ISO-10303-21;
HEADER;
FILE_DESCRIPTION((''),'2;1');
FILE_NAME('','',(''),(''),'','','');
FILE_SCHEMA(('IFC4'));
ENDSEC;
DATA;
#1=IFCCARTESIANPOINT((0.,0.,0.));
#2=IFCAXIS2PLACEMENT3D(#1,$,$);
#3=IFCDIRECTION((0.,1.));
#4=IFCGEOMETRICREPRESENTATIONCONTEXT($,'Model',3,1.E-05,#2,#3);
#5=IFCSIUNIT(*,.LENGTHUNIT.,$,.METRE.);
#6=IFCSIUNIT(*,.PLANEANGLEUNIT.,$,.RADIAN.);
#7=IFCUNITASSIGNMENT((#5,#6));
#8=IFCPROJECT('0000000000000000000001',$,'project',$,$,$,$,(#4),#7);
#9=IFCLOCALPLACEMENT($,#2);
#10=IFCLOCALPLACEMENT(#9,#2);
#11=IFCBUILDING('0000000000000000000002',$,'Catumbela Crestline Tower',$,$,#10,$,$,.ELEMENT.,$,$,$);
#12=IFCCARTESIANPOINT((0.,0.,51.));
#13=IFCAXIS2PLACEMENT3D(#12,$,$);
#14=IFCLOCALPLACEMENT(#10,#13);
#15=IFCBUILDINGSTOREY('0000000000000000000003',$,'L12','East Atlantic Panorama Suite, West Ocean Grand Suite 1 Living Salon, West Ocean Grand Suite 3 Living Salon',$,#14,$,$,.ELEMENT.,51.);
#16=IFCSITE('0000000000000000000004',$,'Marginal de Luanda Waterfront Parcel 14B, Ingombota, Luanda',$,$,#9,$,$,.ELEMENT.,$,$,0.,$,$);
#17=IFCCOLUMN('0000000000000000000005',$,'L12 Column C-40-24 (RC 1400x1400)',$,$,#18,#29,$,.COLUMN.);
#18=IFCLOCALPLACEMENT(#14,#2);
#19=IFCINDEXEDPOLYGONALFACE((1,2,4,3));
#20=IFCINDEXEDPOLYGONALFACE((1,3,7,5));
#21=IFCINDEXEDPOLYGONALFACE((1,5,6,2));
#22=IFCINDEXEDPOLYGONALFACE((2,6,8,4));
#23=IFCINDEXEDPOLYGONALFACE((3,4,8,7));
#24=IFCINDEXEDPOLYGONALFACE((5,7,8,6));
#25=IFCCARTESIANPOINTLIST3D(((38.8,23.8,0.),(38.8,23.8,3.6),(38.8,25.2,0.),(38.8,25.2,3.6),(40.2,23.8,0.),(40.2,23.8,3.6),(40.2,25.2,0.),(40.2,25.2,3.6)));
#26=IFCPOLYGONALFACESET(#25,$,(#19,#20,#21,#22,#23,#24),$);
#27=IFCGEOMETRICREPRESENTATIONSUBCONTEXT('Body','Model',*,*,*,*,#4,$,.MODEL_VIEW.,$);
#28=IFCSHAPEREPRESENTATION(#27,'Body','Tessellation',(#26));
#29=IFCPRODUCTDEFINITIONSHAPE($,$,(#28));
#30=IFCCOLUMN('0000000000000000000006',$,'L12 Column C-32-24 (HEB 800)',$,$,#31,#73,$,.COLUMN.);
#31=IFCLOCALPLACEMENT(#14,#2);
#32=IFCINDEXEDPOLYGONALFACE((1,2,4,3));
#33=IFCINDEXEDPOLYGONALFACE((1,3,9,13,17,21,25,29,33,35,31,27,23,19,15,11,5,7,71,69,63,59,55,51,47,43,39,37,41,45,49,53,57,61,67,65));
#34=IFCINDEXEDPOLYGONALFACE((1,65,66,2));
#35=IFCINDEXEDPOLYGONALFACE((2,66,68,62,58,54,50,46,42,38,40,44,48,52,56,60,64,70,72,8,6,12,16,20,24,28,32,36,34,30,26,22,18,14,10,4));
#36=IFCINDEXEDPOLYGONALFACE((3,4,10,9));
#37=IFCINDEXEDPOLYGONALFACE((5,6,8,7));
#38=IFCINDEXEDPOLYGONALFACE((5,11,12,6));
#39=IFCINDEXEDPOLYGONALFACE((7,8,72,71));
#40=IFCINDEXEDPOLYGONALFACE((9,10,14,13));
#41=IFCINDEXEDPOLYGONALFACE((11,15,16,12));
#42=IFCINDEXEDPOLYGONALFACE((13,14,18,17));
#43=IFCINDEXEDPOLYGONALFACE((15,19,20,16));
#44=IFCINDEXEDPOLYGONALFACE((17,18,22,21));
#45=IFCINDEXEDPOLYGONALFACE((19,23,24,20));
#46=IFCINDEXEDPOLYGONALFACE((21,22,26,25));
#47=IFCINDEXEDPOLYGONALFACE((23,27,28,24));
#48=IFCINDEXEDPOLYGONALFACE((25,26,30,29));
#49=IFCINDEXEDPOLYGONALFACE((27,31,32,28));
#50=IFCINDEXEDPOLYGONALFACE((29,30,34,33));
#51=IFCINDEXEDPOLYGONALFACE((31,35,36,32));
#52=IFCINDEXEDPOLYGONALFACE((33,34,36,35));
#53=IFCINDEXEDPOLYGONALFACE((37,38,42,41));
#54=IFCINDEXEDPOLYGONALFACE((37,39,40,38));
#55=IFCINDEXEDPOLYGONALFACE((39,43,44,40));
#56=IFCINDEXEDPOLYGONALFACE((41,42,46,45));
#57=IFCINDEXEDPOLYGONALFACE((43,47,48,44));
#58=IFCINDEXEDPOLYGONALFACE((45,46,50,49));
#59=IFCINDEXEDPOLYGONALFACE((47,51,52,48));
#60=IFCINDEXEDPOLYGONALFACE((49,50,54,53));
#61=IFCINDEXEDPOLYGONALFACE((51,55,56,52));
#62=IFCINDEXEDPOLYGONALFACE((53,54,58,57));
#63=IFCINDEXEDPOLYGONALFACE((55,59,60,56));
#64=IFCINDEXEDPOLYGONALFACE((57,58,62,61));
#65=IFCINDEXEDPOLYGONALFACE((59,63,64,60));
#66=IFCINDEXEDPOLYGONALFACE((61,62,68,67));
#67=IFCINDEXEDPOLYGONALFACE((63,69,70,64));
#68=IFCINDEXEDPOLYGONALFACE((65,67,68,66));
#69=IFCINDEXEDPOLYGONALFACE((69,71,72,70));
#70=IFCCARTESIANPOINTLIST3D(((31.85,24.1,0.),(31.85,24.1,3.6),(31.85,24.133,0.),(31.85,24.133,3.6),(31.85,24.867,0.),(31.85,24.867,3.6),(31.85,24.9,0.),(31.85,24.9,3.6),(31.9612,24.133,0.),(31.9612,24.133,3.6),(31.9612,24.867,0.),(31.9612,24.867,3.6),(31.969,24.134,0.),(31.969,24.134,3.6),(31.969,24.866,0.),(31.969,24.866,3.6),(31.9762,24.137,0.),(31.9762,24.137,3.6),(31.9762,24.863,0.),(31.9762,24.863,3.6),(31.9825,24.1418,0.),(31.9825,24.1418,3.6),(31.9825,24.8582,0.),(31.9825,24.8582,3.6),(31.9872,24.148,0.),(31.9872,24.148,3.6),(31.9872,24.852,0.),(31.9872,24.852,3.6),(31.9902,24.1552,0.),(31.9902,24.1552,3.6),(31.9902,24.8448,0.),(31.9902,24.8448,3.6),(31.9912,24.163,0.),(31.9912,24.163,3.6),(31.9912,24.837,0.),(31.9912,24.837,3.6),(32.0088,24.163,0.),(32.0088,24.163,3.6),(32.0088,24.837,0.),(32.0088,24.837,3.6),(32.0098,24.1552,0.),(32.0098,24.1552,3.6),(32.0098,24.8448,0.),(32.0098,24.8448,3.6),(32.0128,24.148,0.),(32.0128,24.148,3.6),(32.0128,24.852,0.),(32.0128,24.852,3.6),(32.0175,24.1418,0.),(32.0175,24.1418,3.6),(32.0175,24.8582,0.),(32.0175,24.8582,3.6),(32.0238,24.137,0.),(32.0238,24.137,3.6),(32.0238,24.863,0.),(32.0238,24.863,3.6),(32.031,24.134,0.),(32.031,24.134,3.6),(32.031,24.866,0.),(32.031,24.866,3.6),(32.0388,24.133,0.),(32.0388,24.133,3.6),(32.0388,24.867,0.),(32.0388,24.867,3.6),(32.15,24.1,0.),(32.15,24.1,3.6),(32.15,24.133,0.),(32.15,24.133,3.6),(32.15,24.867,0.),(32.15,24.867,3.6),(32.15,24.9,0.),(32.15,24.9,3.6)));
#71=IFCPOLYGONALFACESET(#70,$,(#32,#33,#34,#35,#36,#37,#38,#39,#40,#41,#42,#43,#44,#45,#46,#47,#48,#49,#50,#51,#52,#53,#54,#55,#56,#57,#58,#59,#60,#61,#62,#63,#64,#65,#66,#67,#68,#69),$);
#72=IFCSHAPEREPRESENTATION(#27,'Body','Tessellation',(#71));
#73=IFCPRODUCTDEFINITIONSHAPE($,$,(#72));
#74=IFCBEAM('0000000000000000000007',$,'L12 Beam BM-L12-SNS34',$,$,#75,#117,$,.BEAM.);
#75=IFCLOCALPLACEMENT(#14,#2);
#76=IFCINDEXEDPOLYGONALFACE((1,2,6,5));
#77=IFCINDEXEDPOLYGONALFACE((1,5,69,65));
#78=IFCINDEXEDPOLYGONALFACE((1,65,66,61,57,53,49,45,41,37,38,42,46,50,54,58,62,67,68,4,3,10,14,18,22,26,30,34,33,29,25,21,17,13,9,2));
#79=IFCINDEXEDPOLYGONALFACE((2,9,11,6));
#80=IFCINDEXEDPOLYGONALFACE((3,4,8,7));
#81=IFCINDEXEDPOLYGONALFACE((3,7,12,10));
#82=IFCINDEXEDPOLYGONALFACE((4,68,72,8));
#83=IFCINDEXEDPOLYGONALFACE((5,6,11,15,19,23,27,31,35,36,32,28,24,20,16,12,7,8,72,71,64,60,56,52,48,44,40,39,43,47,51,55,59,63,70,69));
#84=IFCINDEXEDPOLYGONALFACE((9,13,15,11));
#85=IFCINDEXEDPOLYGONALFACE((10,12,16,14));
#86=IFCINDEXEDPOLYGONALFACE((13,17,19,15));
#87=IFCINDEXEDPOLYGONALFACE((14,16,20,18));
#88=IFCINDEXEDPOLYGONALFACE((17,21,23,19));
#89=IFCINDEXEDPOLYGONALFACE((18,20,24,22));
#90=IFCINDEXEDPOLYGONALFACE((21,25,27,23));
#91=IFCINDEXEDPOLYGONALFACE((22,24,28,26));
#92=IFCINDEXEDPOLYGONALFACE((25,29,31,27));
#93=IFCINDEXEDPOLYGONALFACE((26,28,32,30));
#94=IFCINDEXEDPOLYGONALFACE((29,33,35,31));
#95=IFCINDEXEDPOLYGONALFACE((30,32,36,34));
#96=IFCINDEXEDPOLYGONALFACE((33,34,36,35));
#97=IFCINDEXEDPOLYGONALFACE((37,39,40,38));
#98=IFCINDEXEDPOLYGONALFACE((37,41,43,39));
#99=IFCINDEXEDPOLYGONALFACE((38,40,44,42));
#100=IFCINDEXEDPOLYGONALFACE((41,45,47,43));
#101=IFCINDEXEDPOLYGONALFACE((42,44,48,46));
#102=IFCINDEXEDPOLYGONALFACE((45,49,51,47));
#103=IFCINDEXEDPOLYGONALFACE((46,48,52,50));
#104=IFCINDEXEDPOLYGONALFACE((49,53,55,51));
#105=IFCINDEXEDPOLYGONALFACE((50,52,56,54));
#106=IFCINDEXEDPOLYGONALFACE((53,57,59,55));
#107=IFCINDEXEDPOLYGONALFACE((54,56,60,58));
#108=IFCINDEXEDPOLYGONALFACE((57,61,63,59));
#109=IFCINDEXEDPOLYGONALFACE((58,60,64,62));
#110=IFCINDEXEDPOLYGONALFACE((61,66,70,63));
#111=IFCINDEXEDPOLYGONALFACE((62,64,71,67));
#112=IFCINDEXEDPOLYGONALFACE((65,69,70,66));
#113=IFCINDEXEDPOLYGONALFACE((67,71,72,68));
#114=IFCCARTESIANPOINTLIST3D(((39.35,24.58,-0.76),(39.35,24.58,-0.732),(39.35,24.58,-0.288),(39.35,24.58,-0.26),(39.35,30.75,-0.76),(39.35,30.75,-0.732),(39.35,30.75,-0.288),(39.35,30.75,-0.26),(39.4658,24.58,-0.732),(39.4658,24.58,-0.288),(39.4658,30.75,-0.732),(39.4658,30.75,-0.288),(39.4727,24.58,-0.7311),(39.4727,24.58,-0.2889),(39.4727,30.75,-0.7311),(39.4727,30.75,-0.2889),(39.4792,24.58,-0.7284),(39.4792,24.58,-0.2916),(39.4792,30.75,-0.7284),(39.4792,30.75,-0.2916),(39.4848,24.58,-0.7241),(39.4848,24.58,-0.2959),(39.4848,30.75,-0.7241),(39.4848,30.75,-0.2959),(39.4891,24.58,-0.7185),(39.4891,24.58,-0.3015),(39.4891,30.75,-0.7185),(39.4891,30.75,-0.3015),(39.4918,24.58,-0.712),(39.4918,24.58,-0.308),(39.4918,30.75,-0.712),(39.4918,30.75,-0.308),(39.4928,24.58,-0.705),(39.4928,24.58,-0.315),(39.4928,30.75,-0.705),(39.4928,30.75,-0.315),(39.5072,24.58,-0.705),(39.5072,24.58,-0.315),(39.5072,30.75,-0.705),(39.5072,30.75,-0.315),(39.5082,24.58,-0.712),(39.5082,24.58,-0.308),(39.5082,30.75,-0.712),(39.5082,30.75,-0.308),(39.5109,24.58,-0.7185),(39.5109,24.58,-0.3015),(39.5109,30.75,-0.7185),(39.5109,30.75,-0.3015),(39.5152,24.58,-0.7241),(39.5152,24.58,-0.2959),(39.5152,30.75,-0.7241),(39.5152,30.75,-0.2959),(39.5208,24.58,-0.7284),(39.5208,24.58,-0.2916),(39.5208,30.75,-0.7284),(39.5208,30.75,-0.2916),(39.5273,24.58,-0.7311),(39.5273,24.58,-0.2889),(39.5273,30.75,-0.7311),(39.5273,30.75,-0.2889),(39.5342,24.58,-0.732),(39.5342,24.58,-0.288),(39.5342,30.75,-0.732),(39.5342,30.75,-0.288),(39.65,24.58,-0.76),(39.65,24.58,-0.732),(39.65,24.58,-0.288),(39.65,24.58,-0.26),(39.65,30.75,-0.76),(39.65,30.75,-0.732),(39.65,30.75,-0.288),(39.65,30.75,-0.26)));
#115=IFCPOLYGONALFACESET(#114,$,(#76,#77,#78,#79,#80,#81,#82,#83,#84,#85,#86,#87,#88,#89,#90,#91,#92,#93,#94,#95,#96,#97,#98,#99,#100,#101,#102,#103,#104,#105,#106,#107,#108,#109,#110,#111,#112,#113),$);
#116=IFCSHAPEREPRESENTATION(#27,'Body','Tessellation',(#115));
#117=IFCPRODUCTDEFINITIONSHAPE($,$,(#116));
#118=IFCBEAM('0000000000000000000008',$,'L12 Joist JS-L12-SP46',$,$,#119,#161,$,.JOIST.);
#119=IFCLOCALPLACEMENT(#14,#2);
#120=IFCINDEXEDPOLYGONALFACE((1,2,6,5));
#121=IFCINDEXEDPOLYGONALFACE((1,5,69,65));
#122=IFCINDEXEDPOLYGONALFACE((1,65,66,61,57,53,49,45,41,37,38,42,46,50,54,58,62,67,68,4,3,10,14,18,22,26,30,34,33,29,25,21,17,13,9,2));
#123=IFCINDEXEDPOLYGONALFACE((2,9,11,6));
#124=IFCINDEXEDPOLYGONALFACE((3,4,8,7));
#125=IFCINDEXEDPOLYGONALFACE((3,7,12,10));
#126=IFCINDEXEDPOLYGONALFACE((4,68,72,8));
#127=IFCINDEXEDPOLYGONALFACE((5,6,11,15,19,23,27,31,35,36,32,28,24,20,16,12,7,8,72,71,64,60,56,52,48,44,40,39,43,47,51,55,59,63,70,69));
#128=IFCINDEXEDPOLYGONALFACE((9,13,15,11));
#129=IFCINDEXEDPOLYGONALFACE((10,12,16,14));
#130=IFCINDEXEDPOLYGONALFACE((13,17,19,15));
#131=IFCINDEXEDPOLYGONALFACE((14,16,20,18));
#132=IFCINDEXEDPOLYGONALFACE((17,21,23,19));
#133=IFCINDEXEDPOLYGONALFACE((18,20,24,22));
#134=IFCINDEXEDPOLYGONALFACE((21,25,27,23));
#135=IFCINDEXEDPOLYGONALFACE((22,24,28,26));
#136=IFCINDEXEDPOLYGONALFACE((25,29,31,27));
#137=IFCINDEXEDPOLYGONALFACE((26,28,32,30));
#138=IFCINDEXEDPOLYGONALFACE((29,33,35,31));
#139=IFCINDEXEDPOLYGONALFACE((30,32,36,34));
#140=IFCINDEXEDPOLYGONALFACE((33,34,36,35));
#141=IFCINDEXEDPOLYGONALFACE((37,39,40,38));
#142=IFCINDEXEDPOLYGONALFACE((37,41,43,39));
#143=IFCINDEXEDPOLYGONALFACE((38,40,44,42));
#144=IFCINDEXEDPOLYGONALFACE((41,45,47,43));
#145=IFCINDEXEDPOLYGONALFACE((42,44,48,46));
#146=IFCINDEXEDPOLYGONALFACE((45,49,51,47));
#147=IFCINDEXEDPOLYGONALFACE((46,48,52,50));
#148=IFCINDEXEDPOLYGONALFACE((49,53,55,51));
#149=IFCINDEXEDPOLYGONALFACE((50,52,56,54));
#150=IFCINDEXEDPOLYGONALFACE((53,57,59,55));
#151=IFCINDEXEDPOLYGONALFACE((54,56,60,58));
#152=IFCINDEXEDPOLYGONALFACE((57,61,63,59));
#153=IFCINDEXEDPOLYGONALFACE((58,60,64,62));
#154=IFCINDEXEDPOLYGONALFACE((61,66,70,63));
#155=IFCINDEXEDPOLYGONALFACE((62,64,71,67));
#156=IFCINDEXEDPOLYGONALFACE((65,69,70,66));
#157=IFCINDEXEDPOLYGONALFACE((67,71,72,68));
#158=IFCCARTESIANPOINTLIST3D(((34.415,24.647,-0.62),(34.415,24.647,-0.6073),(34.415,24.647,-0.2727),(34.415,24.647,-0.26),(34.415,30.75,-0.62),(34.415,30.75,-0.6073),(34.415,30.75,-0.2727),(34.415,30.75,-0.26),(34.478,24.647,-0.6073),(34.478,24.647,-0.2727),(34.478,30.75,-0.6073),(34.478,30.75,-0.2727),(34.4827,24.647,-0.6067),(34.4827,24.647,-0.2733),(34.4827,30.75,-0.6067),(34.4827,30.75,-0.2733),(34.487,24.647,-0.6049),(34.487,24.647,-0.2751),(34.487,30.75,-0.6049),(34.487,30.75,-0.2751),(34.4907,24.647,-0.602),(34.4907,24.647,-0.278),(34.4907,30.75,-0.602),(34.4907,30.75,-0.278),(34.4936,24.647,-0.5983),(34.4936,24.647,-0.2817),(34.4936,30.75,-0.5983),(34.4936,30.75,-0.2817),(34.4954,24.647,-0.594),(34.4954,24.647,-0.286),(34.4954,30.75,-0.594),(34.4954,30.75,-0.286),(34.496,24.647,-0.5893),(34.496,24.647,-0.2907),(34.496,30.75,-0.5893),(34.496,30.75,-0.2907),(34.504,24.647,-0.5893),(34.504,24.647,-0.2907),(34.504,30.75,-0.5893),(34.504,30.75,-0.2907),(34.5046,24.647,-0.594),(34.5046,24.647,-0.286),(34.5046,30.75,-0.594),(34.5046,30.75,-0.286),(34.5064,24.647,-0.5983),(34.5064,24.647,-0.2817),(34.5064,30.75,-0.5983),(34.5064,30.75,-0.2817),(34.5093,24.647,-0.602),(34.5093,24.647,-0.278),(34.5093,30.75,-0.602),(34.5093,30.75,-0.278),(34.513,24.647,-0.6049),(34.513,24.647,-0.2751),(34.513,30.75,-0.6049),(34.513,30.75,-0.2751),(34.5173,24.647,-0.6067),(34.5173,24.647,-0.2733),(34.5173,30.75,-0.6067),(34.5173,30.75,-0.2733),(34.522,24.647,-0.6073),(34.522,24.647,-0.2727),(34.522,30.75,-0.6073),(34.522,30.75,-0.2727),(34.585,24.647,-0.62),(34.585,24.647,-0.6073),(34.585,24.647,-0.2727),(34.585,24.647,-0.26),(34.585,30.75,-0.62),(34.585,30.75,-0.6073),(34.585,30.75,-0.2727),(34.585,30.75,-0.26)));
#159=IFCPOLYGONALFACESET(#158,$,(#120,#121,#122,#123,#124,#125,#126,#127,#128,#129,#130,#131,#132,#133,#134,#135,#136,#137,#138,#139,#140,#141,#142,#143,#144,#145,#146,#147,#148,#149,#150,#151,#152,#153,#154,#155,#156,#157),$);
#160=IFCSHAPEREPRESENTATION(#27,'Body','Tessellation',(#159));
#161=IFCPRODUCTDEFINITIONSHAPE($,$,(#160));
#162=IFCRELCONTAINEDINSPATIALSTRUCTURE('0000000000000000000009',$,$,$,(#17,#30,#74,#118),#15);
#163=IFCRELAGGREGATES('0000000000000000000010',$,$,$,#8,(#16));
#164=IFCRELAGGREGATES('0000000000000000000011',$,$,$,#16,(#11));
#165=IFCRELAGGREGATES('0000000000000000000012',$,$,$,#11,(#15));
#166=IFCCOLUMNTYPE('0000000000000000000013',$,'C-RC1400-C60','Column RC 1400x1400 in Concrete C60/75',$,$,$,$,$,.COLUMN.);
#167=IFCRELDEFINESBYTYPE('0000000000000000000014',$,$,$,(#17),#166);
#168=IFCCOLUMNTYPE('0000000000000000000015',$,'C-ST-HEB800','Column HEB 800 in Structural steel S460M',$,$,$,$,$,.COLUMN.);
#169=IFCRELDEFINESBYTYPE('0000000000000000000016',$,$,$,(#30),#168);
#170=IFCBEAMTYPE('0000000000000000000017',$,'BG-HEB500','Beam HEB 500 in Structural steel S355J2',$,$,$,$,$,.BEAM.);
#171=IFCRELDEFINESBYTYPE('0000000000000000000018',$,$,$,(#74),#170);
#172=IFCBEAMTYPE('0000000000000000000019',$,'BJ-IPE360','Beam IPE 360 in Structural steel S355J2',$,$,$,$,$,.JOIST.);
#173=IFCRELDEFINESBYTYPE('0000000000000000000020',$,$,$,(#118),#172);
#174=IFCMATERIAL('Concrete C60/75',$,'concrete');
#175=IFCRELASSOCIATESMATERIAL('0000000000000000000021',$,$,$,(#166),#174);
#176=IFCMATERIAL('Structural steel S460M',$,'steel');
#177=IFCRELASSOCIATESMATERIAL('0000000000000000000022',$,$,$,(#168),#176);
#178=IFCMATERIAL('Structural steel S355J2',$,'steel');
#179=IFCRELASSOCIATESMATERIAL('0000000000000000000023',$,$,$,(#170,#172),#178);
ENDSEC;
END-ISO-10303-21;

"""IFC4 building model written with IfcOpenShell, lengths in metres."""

from ifc_helpers import new_model, si_unit, direction, frame, origin, origin_2d, place, context, subcontext, project, spatial, rectangle, i_section, extrude, material, material_profile, profile_set, type_object, element, save


model = new_model("IFC4")

# Units and contexts
model_context = context("Model", 3, precision=1e-05, world=origin(), true_north=direction((0.0, 1.0)))
body_context = subcontext(model_context, "Body", "Model", "MODEL_VIEW")
ifc_project = project(units=[si_unit("LENGTHUNIT", "METRE"), si_unit("PLANEANGLEUNIT", "RADIAN")], contexts=[model_context])

# Site, building, storey
site_placement = place(None, origin())
site = spatial("IfcSite", under=ifc_project, at=site_placement, Name="Marginal de Luanda Waterfront Parcel 14B, Ingombota, Luanda", CompositionType="ELEMENT", RefElevation=0.0)
building_placement = place(site_placement, origin())
building = spatial("IfcBuilding", under=site, at=building_placement, Name="Catumbela Crestline Tower", CompositionType="ELEMENT")
storey_placement = place(building_placement, frame((0.0, 0.0, 51.0)))
storey = spatial("IfcBuildingStorey", under=building, at=storey_placement, Name="L12", Description="East Atlantic Panorama Suite, West Ocean Grand Suite 1 Living Salon, West Ocean Grand Suite 3 Living Salon", CompositionType="ELEMENT", Elevation=51.0)

# Columns
ifc_material_1 = material(Name="Concrete C60/75", Category="concrete")
ifc_material_profile_1 = material_profile(ifc_material_1, rectangle(XDim=1.4, YDim=1.4, at=origin_2d()), Name="RC 1400x1400")
ifc_profile_set_1 = profile_set([ifc_material_profile_1], Name="Concrete C60/75")
column_type_1 = type_object("IfcColumnType", Name="C-RC1400-C60", Description="Column RC 1400x1400 in Concrete C60/75", PredefinedType="COLUMN", material=ifc_profile_set_1)
column_1_placement = place(storey_placement, frame((39.5, 24.5, 0.0), z_axis=(0.0, 0.0, 1.0), x_axis=(1.0, 0.0, 0.0)))
element("IfcColumn", 1, at=column_1_placement, inside=storey, type_object=column_type_1, Name="L12 Column C-40-24 (RC 1400x1400)", PredefinedType="COLUMN", context=body_context, shape_type="SweptSolid", body=[
    extrude(rectangle(XDim=1.4, YDim=1.4, at=origin_2d()), origin(), (0.0, 0.0, 1.0), 3.6),
])
ifc_material_2 = material(Name="Structural steel S460M", Category="steel")
ifc_material_profile_2 = material_profile(ifc_material_2, i_section(OverallWidth=0.3, OverallDepth=0.8, WebThickness=0.0175, FlangeThickness=0.033, FilletRadius=0.03, at=origin_2d()), Name="HEB 800")
ifc_profile_set_2 = profile_set([ifc_material_profile_2], Name="Structural steel S460M")
column_type_2 = type_object("IfcColumnType", Name="C-ST-HEB800", Description="Column HEB 800 in Structural steel S460M", PredefinedType="COLUMN", material=ifc_profile_set_2)
column_2_placement = place(storey_placement, frame((32.0, 24.5, 0.0), z_axis=(0.0, 0.0, 1.0), x_axis=(1.0, 0.0, 0.0)))
element("IfcColumn", 2, at=column_2_placement, inside=storey, type_object=column_type_2, Name="L12 Column C-32-24 (HEB 800)", PredefinedType="COLUMN", context=body_context, shape_type="SweptSolid", body=[
    extrude(i_section(OverallWidth=0.3, OverallDepth=0.8, WebThickness=0.0175, FlangeThickness=0.033, FilletRadius=0.03, at=origin_2d()), origin(), (0.0, 0.0, 1.0), 3.6),
])

# Beams
ifc_material_3 = material(Name="Structural steel S355J2", Category="steel")
ifc_material_profile_3 = material_profile(ifc_material_3, i_section(OverallWidth=0.3, OverallDepth=0.5, WebThickness=0.0145, FlangeThickness=0.028, FilletRadius=0.027, at=origin_2d()), Name="HEB 500")
ifc_profile_set_3 = profile_set([ifc_material_profile_3], Name="Structural steel S355J2")
beam_type_1 = type_object("IfcBeamType", Name="BG-HEB500", Description="Beam HEB 500 in Structural steel S355J2", PredefinedType="BEAM", material=ifc_profile_set_3)
beam_1_placement = place(storey_placement, frame((39.5, 24.58, -0.51), z_axis=(0.0, 1.0, 0.0), x_axis=(-1.0, 0.0, 0.0)))
element("IfcBeam", 3, at=beam_1_placement, inside=storey, type_object=beam_type_1, Name="L12 Beam BM-L12-SNS34", PredefinedType="BEAM", context=body_context, shape_type="SweptSolid", body=[
    extrude(i_section(OverallWidth=0.3, OverallDepth=0.5, WebThickness=0.0145, FlangeThickness=0.028, FilletRadius=0.027, at=origin_2d()), origin(), (0.0, 0.0, 1.0), 6.17),
])
ifc_material_profile_4 = material_profile(ifc_material_3, i_section(OverallWidth=0.17, OverallDepth=0.36, WebThickness=0.008, FlangeThickness=0.0127, FilletRadius=0.018, at=origin_2d()), Name="IPE 360")
ifc_profile_set_4 = profile_set([ifc_material_profile_4], Name="Structural steel S355J2")
beam_type_2 = type_object("IfcBeamType", Name="BJ-IPE360", Description="Beam IPE 360 in Structural steel S355J2", PredefinedType="JOIST", material=ifc_profile_set_4)
for number, where, z_axis, x_axis, name in (
    (4, (34.5, 24.647, -0.44), (0.0, 1.0, 0.0), (-1.0, 0.0, 0.0), "L12 Joist JS-L12-SP46"),
):
    element("IfcBeam", number, at=place(storey_placement, frame(where, z_axis=z_axis, x_axis=x_axis)), inside=storey, type_object=beam_type_2, Name=name, PredefinedType="JOIST", context=body_context, shape_type="SweptSolid", body=[
        extrude(i_section(OverallWidth=0.17, OverallDepth=0.36, WebThickness=0.008, FlangeThickness=0.0127, FilletRadius=0.018, at=origin_2d()), origin(), (0.0, 0.0, 1.0), 6.103),
    ])

save(model, "model.ifc")
